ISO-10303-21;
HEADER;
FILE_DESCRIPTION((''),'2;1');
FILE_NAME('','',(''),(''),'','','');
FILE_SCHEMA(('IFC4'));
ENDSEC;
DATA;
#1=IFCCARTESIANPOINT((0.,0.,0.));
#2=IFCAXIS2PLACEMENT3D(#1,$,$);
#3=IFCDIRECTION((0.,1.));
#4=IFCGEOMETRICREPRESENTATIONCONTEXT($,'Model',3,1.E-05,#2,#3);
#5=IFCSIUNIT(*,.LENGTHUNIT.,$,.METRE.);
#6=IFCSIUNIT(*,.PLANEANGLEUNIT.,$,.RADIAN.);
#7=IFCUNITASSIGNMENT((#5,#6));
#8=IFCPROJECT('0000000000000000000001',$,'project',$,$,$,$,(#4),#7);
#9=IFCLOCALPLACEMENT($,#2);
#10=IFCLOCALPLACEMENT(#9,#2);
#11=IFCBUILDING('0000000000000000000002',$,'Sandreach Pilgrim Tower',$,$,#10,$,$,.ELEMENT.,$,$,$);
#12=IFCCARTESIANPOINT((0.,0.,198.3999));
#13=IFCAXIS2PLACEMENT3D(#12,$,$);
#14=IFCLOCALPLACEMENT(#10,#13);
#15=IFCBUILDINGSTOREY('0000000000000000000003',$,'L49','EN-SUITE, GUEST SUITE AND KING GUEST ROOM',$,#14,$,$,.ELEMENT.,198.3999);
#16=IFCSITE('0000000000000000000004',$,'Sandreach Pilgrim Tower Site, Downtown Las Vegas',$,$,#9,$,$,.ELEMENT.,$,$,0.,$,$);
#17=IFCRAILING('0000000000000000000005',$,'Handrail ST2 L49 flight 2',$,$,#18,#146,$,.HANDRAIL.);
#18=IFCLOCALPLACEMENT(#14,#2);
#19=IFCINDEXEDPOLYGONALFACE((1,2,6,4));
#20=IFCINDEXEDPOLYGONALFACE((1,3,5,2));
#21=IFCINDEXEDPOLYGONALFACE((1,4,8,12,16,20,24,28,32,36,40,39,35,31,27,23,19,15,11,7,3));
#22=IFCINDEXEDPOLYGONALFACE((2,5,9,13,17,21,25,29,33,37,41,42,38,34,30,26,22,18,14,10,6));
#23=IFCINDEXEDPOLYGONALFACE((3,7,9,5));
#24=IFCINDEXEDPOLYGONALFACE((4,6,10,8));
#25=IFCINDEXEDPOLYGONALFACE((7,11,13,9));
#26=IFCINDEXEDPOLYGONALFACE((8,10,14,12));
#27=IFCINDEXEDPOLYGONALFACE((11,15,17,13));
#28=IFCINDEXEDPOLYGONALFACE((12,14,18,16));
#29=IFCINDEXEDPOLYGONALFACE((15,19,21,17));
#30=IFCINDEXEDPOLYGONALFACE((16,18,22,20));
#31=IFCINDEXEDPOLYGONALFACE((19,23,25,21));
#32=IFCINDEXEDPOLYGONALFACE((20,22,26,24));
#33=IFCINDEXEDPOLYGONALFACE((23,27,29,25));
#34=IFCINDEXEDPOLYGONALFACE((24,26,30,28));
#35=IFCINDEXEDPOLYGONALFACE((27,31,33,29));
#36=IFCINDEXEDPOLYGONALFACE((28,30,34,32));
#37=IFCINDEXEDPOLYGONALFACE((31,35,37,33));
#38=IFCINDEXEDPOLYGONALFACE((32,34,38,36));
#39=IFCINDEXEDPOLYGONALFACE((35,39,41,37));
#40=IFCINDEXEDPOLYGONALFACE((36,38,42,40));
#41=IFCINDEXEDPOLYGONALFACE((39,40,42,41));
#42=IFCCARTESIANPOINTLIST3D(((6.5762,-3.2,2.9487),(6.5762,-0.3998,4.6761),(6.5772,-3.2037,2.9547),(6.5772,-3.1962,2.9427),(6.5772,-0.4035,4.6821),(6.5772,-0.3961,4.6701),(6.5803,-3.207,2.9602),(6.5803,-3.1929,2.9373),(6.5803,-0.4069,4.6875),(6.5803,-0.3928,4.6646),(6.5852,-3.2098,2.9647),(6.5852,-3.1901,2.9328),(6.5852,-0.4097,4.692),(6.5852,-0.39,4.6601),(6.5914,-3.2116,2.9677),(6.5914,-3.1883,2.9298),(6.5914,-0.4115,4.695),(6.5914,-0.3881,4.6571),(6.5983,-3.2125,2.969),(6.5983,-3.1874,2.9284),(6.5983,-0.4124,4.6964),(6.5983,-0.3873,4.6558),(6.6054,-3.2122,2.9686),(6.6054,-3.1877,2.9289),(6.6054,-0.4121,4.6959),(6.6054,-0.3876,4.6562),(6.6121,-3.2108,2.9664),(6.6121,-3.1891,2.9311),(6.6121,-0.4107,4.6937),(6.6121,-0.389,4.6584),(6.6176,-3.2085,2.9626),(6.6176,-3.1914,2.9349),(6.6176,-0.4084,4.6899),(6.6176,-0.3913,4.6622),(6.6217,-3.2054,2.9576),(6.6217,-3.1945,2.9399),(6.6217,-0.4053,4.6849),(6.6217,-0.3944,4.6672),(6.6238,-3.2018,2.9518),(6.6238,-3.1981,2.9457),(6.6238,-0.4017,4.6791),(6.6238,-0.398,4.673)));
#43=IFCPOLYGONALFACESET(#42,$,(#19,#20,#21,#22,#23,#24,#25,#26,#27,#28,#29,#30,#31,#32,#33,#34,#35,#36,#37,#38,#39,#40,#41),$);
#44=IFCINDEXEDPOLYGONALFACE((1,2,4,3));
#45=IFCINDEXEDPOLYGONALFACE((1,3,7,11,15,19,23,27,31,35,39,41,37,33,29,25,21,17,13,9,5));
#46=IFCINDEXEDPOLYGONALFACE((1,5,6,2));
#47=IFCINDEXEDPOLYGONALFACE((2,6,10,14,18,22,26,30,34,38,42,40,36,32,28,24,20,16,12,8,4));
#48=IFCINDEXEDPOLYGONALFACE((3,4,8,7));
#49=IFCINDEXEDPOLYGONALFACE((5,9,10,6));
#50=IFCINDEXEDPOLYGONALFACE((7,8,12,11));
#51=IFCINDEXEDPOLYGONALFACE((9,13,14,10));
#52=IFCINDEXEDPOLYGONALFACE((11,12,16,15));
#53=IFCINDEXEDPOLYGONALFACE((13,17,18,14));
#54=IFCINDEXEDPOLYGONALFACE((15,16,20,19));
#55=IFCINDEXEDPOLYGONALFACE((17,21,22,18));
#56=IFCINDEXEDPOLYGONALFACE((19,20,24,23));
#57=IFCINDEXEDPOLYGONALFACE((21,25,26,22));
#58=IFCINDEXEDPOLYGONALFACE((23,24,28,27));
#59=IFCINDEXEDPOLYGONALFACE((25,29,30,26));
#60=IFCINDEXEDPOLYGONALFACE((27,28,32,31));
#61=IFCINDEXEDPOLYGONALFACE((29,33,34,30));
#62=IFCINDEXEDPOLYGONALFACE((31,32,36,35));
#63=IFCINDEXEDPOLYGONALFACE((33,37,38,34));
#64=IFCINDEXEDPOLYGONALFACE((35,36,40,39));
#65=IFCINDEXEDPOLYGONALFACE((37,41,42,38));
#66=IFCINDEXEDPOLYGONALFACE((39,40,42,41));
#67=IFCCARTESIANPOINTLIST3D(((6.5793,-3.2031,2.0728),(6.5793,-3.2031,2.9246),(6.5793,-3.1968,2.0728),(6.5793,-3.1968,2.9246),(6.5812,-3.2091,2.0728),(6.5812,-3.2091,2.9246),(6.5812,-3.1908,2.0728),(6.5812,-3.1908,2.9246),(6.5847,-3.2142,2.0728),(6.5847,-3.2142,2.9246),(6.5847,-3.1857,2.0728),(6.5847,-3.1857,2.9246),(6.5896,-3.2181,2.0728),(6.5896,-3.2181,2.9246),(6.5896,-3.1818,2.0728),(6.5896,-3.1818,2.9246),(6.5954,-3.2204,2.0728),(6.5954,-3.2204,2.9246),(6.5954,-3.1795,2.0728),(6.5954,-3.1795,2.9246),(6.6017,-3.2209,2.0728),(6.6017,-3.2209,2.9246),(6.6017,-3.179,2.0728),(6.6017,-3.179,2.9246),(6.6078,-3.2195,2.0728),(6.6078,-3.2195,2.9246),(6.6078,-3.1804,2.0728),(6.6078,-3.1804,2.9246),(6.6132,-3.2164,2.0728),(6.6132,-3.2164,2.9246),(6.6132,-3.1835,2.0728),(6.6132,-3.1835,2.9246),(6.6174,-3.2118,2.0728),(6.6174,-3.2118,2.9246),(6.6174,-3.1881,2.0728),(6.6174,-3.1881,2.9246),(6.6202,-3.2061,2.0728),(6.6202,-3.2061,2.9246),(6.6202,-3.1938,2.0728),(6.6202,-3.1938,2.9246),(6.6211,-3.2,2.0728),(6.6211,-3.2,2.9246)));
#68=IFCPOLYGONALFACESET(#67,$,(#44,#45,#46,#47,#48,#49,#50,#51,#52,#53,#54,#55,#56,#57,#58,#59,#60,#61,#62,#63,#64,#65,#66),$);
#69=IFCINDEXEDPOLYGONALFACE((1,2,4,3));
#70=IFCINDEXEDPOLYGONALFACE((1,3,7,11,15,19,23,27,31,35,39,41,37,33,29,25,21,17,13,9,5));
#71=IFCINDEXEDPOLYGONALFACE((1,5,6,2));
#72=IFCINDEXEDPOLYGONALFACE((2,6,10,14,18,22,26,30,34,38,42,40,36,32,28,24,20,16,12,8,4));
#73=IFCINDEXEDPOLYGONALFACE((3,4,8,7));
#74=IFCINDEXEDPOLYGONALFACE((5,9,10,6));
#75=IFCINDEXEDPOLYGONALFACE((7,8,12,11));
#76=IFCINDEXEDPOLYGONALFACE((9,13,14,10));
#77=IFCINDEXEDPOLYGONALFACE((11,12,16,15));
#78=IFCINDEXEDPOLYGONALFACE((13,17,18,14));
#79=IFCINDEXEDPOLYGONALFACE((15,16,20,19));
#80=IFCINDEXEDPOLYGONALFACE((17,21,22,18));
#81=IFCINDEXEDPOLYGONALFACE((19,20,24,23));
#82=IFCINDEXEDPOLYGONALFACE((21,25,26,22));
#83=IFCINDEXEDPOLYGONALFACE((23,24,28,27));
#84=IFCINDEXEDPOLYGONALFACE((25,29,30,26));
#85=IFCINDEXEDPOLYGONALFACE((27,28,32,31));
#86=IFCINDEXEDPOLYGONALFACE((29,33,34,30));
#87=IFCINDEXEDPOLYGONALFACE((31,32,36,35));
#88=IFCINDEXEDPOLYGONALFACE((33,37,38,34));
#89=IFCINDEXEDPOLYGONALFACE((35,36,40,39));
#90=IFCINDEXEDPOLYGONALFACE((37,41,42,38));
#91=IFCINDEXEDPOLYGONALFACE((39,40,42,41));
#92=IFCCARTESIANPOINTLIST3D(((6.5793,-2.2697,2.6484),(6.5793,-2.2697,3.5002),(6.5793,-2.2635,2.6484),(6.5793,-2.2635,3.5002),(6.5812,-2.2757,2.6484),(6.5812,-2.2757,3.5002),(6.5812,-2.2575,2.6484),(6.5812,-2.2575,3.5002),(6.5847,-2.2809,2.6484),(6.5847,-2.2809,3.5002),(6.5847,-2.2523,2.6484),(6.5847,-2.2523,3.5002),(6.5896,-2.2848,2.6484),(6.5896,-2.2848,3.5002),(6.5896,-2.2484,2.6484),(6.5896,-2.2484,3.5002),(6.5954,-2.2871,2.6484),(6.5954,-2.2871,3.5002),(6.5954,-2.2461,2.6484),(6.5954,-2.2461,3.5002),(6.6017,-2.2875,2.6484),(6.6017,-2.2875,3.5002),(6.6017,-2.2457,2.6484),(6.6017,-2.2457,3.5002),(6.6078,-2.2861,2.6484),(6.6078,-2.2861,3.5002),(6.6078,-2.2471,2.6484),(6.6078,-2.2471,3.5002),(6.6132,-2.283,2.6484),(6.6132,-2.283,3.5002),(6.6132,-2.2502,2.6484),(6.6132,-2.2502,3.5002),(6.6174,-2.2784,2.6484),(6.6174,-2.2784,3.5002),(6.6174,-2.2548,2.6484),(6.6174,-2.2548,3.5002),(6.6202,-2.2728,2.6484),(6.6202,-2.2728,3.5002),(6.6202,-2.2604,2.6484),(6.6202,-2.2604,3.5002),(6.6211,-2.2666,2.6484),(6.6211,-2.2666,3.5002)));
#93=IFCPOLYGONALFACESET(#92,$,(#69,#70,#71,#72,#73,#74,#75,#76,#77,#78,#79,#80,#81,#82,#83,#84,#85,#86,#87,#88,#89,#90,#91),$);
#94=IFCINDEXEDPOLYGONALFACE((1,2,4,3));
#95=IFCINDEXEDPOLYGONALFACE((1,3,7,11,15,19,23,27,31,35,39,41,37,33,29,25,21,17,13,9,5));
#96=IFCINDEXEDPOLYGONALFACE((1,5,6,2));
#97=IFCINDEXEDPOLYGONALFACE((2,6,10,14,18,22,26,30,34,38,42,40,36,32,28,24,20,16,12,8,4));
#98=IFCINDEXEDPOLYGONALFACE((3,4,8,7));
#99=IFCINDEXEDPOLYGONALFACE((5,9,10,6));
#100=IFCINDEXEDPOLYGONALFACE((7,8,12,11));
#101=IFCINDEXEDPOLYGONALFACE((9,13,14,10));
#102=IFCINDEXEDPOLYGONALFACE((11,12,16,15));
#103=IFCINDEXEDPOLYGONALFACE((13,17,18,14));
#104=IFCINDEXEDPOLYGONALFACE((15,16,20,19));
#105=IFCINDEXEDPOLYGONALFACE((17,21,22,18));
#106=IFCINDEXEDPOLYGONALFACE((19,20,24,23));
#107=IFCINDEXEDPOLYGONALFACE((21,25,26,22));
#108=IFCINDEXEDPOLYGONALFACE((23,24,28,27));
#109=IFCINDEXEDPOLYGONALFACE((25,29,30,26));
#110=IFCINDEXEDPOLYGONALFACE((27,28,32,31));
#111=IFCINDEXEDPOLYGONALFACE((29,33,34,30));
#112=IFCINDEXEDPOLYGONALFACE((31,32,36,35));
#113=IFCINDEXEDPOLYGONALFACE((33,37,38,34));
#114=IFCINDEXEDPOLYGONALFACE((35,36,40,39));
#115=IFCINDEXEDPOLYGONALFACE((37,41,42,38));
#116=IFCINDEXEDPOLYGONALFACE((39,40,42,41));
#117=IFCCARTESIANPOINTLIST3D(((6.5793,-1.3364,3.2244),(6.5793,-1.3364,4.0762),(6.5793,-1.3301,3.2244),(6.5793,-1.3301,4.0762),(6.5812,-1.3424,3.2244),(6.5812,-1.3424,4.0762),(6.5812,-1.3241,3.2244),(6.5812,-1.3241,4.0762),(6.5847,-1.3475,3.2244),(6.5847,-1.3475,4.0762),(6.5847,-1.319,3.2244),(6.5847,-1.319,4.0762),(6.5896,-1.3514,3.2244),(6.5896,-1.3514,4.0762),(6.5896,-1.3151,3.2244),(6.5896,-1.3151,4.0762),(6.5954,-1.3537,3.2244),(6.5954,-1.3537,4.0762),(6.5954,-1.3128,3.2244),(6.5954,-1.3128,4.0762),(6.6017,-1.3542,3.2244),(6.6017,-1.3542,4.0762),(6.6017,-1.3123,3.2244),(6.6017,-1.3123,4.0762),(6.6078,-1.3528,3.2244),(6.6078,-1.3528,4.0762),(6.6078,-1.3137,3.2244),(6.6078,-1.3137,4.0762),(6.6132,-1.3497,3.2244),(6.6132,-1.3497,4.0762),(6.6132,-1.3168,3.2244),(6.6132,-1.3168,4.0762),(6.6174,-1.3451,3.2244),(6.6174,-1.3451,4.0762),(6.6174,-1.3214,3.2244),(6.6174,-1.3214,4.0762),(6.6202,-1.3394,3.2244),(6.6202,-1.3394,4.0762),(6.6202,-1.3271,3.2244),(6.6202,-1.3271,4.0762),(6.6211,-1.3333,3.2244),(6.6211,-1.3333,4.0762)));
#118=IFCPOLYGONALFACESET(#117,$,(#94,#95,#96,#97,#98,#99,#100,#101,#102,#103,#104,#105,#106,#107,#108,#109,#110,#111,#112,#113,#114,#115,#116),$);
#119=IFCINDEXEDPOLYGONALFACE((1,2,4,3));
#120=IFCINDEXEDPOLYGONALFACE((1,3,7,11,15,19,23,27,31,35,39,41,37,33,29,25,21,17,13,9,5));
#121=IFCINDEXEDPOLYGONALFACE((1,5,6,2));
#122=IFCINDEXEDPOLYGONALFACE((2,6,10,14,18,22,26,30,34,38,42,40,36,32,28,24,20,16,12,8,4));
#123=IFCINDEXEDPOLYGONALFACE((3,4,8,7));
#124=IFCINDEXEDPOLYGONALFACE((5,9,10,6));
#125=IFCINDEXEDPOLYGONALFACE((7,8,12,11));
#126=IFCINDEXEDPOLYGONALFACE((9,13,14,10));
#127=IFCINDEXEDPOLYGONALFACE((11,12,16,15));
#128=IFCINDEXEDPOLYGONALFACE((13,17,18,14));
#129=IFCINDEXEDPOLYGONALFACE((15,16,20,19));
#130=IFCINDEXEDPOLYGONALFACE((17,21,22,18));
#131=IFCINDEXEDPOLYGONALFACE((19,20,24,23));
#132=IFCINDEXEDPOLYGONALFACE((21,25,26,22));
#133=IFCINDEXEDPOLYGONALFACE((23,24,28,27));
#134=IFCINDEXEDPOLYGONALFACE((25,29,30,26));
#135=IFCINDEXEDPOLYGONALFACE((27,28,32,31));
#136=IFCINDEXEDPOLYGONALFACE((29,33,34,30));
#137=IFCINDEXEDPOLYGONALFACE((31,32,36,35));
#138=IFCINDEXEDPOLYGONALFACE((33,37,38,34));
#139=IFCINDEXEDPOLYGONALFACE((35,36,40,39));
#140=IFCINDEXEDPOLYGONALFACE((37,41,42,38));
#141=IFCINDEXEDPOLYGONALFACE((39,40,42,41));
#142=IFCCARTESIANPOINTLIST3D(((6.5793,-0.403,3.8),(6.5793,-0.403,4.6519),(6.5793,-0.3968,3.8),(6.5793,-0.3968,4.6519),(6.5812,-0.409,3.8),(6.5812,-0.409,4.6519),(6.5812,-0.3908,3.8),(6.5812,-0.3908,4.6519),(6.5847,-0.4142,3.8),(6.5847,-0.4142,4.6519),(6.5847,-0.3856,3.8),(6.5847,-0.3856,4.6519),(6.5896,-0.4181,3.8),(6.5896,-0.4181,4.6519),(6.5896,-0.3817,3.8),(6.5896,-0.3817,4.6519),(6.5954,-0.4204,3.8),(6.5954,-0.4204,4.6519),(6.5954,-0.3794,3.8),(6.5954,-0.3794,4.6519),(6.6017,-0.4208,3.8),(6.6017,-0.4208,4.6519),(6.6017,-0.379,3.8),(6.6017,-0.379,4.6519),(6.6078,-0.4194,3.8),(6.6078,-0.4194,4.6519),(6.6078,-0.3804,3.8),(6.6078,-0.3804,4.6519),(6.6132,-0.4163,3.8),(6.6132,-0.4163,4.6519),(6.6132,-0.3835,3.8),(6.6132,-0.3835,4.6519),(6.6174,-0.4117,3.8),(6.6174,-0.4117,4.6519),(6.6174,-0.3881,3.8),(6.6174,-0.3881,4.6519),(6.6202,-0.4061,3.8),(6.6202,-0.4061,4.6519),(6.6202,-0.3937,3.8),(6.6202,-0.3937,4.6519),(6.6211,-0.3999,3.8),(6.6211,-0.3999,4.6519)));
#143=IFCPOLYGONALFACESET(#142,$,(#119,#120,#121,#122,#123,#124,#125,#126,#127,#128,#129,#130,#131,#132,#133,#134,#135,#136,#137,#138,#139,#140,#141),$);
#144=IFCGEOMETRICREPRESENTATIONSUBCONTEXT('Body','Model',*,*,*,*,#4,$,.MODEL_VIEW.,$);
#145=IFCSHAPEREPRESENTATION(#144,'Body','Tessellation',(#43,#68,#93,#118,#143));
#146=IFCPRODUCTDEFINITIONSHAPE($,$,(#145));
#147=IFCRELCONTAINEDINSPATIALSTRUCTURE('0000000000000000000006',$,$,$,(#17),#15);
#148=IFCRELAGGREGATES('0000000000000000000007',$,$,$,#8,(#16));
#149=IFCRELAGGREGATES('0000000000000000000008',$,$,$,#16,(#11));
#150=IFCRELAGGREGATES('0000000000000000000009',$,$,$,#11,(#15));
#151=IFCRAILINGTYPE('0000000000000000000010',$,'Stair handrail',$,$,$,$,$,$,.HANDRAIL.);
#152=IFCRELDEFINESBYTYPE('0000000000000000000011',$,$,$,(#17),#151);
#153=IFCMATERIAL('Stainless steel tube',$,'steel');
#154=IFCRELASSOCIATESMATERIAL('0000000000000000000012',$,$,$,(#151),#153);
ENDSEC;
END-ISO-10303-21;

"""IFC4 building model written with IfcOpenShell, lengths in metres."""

from ifc_helpers import new_model, si_unit, direction, frame, origin, origin_2d, place, context, subcontext, project, spatial, circle, extrude, material, type_object, element, save


model = new_model("IFC4")

# Units and contexts
model_context = context("Model", 3, precision=1e-05, world=origin(), true_north=direction((0.0, 1.0)))
body_context = subcontext(model_context, "Body", "Model", "MODEL_VIEW")
ifc_project = project(units=[si_unit("LENGTHUNIT", "METRE"), si_unit("PLANEANGLEUNIT", "RADIAN")], contexts=[model_context])

# Site, building, storey
site_placement = place(None, origin())
site = spatial("IfcSite", under=ifc_project, at=site_placement, Name="Sandreach Pilgrim Tower Site, Downtown Las Vegas", CompositionType="ELEMENT", RefElevation=0.0)
building_placement = place(site_placement, origin())
building = spatial("IfcBuilding", under=site, at=building_placement, Name="Sandreach Pilgrim Tower", CompositionType="ELEMENT")
storey_placement = place(building_placement, frame((0.0, 0.0, 198.3999)))
storey = spatial("IfcBuildingStorey", under=building, at=storey_placement, Name="L49", Description="EN-SUITE, GUEST SUITE AND KING GUEST ROOM", CompositionType="ELEMENT", Elevation=198.3999)

# Railing
ifc_material_1 = material(Name="Stainless steel tube", Category="steel")
railing_type = type_object("IfcRailingType", Name="Stair handrail", PredefinedType="HANDRAIL", material=ifc_material_1)
for number, where, name in (
    (1, (6.6001, -3.2, 2.0728), "Handrail ST2 L49 flight 2"),
):
    element("IfcRailing", number, at=place(storey_placement, frame(where)), inside=storey, type_object=railing_type, Name=name, PredefinedType="HANDRAIL", context=body_context, shape_type="SweptSolid", body=[
        extrude(circle(Radius=0.0239, at=origin_2d()), frame((0.0, 0.0, 0.876), z_axis=(0.0, 0.85109, 0.52502), x_axis=(-1.0, 0.0, 0.0)), (0.0, 0.0, 1.0), 3.29),
        extrude(circle(Radius=0.021, at=origin_2d()), origin(), (0.0, 0.0, 1.0), 0.8518),
        extrude(circle(Radius=0.021, at=origin_2d()), frame((0.0, 0.9333, 0.5757)), (0.0, 0.0, 1.0), 0.8518),
        extrude(circle(Radius=0.021, at=origin_2d()), frame((0.0, 1.8667, 1.1516)), (0.0, 0.0, 1.0), 0.8518),
        extrude(circle(Radius=0.021, at=origin_2d()), frame((0.0, 2.8, 1.7273)), (0.0, 0.0, 1.0), 0.8518),
    ])

save(model, "model.ifc")
